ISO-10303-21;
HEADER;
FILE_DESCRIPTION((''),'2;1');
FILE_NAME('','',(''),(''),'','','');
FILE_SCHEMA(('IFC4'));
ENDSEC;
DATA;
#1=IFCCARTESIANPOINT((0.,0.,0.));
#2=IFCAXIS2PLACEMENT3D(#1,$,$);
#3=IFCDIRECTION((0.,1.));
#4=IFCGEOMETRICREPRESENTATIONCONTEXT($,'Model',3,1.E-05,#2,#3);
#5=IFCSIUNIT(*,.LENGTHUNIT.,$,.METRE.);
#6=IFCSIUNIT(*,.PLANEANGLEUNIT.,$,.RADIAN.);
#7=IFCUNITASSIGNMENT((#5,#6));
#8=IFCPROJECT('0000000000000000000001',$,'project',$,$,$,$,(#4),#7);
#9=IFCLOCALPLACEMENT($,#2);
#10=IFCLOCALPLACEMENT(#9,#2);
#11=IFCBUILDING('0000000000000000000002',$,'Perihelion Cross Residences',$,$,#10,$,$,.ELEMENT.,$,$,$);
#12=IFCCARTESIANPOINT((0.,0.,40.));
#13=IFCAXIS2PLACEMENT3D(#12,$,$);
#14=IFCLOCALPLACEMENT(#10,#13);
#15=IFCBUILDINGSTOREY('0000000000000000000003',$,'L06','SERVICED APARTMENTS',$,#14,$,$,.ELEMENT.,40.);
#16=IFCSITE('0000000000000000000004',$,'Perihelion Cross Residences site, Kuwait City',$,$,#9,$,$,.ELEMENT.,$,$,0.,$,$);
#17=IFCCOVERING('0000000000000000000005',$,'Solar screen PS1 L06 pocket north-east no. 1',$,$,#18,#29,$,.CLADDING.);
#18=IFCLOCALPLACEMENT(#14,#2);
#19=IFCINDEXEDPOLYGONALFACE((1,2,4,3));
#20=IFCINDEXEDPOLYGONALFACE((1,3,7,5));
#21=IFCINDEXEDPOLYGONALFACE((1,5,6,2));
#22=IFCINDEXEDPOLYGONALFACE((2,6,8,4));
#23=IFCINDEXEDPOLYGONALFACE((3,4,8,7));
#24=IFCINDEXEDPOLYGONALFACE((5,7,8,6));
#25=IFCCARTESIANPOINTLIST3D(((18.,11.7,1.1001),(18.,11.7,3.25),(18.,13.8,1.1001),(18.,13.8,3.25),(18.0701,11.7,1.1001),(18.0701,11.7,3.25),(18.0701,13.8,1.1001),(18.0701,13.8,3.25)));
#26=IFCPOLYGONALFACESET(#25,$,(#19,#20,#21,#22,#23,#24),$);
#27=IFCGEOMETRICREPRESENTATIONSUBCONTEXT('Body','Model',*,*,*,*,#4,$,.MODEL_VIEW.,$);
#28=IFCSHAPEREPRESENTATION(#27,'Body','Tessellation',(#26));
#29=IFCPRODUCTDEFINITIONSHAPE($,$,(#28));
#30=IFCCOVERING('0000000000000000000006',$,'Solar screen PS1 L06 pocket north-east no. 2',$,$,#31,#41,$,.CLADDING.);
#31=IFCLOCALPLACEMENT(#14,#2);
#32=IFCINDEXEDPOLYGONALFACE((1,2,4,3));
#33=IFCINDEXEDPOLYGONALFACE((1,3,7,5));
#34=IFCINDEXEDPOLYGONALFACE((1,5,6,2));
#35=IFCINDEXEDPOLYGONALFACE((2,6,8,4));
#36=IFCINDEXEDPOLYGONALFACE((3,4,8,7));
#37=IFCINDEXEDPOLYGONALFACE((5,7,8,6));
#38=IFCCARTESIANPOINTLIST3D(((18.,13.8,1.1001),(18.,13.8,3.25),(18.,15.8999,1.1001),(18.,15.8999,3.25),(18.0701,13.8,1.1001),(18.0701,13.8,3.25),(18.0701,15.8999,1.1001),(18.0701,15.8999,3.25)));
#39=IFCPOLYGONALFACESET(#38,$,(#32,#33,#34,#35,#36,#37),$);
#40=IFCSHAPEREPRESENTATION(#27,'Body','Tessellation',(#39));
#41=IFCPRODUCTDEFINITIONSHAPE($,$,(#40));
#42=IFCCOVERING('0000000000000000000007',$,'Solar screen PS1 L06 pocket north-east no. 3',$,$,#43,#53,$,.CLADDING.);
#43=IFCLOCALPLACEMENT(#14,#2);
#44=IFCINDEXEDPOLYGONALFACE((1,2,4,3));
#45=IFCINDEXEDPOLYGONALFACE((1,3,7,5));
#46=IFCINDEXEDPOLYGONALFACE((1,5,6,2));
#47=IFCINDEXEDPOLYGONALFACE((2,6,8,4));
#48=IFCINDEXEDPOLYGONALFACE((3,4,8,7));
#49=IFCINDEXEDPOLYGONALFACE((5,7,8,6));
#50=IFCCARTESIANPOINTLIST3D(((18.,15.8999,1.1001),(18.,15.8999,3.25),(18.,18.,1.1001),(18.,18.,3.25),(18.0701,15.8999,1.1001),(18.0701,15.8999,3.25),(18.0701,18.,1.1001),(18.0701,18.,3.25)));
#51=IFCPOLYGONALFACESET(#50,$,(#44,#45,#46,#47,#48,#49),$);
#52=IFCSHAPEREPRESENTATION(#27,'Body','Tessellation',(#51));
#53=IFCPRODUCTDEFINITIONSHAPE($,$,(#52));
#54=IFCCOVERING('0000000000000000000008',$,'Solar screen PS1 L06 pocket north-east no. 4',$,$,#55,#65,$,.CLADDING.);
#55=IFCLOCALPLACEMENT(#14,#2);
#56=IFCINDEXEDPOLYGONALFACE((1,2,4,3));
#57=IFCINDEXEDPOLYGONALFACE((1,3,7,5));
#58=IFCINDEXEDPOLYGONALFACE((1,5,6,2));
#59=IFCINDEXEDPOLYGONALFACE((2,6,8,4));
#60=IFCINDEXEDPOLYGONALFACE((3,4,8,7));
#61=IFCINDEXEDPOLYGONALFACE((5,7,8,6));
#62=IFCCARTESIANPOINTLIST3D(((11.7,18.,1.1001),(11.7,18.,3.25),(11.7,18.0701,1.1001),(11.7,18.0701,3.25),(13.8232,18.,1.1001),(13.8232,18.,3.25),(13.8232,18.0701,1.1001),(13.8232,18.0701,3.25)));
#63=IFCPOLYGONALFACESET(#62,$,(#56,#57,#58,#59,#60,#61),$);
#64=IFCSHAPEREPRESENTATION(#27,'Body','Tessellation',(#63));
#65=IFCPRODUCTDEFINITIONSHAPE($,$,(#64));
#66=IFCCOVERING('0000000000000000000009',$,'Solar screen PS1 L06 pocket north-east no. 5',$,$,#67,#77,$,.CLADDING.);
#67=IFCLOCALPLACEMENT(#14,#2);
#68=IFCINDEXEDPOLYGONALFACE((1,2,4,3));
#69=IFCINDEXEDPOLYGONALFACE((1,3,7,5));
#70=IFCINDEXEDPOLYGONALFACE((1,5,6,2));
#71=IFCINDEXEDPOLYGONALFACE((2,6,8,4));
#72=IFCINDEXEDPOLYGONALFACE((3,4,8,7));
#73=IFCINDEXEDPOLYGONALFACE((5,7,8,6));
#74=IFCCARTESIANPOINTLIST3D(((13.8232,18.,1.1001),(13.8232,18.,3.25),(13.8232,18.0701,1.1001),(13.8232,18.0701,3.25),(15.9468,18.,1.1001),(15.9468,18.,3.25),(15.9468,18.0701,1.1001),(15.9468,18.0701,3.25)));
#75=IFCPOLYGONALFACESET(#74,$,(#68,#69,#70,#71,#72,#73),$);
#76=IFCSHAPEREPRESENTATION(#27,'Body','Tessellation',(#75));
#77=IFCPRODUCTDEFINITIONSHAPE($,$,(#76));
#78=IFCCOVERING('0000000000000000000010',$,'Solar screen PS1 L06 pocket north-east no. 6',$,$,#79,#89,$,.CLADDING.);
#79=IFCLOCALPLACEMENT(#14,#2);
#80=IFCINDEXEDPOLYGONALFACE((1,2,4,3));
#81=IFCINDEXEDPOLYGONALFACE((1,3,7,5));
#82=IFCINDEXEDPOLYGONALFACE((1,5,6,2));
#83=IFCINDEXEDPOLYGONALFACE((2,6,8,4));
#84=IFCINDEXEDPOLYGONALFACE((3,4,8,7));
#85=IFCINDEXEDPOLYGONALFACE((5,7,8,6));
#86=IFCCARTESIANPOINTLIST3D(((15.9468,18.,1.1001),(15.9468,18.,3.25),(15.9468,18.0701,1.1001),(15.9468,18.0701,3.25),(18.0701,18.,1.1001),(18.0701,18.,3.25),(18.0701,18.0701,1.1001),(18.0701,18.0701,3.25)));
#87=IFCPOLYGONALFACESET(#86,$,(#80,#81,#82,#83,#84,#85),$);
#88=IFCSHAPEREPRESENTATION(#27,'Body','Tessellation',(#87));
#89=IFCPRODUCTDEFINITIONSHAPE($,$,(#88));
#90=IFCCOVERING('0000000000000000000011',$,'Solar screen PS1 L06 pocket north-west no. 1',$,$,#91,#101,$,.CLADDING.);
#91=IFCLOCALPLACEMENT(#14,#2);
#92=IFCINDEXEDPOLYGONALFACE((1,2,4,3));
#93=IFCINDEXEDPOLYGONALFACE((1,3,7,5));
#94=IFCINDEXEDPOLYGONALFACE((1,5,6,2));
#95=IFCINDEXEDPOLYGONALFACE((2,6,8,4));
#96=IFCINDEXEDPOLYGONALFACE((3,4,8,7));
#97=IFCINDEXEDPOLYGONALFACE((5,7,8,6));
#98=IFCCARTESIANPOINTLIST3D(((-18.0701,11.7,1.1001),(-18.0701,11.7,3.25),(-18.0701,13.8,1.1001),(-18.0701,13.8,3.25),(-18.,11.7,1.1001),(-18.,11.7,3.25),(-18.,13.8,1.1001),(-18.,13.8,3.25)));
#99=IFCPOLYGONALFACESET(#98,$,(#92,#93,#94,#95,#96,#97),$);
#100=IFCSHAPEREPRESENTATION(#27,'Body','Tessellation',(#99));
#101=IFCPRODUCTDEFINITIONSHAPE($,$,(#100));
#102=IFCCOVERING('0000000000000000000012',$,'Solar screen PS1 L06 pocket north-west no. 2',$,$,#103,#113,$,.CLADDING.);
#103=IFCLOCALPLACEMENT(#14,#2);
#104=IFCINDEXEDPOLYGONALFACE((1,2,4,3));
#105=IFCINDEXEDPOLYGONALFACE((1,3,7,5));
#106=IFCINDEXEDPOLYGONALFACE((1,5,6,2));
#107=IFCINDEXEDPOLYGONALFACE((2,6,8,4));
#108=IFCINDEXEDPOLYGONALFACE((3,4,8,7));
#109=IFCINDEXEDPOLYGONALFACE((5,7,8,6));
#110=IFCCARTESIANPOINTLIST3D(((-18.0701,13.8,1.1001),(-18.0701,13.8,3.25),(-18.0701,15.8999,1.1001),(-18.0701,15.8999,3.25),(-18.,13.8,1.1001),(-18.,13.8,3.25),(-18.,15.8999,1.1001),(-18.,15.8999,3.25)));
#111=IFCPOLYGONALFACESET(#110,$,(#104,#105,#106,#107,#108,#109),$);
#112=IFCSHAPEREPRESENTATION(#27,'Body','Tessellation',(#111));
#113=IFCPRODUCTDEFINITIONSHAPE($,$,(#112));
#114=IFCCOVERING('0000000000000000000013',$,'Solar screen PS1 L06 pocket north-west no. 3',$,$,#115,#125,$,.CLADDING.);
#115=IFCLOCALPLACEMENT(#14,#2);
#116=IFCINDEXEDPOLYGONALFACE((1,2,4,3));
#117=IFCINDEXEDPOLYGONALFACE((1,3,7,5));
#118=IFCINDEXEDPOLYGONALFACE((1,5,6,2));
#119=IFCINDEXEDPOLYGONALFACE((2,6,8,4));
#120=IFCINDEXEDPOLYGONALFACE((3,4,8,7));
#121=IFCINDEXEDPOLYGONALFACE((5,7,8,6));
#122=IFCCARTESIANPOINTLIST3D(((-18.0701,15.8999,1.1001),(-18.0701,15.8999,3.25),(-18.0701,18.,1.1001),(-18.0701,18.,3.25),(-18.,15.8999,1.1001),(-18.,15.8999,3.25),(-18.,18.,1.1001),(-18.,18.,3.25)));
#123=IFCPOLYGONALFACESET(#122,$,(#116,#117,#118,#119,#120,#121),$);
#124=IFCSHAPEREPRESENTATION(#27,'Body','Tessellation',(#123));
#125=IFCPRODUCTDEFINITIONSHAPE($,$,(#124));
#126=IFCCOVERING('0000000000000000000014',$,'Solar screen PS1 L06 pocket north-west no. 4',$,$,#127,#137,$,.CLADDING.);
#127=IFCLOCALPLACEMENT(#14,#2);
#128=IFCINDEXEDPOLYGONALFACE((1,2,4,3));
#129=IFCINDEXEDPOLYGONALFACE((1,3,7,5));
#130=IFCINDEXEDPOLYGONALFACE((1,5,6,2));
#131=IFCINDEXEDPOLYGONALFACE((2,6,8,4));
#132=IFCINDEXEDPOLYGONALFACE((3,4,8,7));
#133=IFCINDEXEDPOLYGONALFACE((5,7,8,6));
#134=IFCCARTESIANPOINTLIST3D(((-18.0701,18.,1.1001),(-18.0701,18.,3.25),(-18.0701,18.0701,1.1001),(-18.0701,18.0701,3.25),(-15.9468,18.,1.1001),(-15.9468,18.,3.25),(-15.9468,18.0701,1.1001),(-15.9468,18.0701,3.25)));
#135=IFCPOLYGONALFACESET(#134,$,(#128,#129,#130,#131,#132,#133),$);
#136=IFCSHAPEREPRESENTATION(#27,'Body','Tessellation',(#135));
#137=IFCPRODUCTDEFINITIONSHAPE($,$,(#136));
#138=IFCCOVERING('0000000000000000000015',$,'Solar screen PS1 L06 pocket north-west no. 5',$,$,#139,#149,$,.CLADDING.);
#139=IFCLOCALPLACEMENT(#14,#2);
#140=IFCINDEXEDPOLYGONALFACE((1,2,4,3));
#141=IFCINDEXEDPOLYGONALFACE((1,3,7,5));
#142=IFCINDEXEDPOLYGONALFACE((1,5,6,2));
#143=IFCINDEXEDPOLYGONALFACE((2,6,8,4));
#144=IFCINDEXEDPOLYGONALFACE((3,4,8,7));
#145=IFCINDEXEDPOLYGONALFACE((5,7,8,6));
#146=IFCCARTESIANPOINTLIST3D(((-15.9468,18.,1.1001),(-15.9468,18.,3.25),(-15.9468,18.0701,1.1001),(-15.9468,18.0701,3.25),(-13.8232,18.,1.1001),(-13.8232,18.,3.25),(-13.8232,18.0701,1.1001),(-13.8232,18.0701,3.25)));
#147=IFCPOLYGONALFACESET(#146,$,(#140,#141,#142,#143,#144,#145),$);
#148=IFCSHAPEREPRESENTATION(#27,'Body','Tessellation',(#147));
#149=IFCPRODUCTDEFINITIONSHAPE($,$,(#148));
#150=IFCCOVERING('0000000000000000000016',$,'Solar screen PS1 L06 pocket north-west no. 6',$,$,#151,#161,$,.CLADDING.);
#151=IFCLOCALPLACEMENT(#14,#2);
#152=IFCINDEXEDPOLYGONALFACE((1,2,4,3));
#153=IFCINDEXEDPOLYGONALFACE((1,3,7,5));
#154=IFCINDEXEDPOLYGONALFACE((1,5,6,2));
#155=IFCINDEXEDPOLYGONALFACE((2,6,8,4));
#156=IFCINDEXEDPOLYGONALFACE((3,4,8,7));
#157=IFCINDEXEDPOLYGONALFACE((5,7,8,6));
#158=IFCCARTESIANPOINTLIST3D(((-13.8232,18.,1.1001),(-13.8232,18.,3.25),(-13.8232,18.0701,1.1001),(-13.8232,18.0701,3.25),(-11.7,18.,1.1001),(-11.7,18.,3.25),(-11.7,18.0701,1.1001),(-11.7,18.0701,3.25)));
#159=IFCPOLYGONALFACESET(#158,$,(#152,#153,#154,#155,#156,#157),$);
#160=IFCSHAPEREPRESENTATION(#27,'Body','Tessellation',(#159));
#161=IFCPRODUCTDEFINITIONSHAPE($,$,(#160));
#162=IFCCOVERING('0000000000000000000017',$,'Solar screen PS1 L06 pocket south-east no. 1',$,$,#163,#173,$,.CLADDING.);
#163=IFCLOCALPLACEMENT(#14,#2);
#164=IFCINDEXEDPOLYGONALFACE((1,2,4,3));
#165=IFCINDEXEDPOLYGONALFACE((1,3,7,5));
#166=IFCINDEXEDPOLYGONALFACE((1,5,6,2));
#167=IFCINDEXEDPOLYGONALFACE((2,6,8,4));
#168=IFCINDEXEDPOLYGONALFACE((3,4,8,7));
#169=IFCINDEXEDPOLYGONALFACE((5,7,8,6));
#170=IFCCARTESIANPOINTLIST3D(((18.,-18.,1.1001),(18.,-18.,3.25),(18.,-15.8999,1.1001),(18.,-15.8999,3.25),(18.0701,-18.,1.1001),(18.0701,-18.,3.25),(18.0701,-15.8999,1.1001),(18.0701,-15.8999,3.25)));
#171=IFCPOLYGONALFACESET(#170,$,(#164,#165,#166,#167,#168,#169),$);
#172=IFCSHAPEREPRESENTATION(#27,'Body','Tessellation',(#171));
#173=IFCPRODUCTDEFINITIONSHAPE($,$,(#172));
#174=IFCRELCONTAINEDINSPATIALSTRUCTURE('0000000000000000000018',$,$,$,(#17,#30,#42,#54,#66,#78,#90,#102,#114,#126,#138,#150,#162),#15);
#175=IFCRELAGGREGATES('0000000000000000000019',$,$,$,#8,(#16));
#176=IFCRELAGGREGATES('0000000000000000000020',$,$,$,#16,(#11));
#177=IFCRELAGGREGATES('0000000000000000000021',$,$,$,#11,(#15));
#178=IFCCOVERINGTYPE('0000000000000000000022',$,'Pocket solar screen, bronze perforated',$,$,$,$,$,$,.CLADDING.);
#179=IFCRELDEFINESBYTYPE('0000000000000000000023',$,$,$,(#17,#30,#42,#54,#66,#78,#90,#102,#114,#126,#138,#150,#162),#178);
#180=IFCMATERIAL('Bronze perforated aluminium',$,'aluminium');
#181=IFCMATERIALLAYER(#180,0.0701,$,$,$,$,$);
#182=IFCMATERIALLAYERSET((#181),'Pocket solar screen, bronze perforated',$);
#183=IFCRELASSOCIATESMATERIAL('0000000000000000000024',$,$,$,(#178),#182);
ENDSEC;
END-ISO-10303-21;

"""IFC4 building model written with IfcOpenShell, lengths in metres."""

from ifc_helpers import new_model, si_unit, direction, frame, origin, place, context, subcontext, project, spatial, polyline, outline, extrude, material, layer, layer_set, type_object, element, save


model = new_model("IFC4")

# Units and contexts
model_context = context("Model", 3, precision=1e-05, world=origin(), true_north=direction((0.0, 1.0)))
body_context = subcontext(model_context, "Body", "Model", "MODEL_VIEW")
ifc_project = project(units=[si_unit("LENGTHUNIT", "METRE"), si_unit("PLANEANGLEUNIT", "RADIAN")], contexts=[model_context])

# Site, building, storey
site_placement = place(None, origin())
site = spatial("IfcSite", under=ifc_project, at=site_placement, Name="Perihelion Cross Residences site, Kuwait City", CompositionType="ELEMENT", RefElevation=0.0)
building_placement = place(site_placement, origin())
building = spatial("IfcBuilding", under=site, at=building_placement, Name="Perihelion Cross Residences", CompositionType="ELEMENT")
storey_placement = place(building_placement, frame((0.0, 0.0, 40.0)))
storey = spatial("IfcBuildingStorey", under=building, at=storey_placement, Name="L06", Description="SERVICED APARTMENTS", CompositionType="ELEMENT", Elevation=40.0)

# Coverings
ifc_material_1 = material(Name="Bronze perforated aluminium", Category="aluminium")
ifc_layer_1 = layer(ifc_material_1, 0.0701)
ifc_layer_set_1 = layer_set([ifc_layer_1], Name="Pocket solar screen, bronze perforated")
covering_type_1 = type_object("IfcCoveringType", Name="Pocket solar screen, bronze perforated", PredefinedType="CLADDING", material=ifc_layer_set_1)
covering_1_placement = place(storey_placement, frame((0.0, 0.0, 1.1001)))
element("IfcCovering", 1, at=covering_1_placement, inside=storey, type_object=covering_type_1, Name="Solar screen PS1 L06 pocket north-east no. 1", PredefinedType="CLADDING", context=body_context, shape_type="SweptSolid", body=[
    extrude(outline(polyline([(18.0701, 11.7), (18.0701, 13.8), (18.0, 13.8), (18.0, 11.7), (18.0701, 11.7)])), origin(), (0.0, 0.0, 1.0), 2.1499),
])
covering_2_placement = place(storey_placement, frame((0.0, 0.0, 1.1001)))
element("IfcCovering", 2, at=covering_2_placement, inside=storey, type_object=covering_type_1, Name="Solar screen PS1 L06 pocket north-east no. 2", PredefinedType="CLADDING", context=body_context, shape_type="SweptSolid", body=[
    extrude(outline(polyline([(18.0701, 13.8), (18.0701, 15.8999), (18.0, 15.8999), (18.0, 13.8), (18.0701, 13.8)])), origin(), (0.0, 0.0, 1.0), 2.1499),
])
covering_3_placement = place(storey_placement, frame((0.0, 0.0, 1.1001)))
element("IfcCovering", 3, at=covering_3_placement, inside=storey, type_object=covering_type_1, Name="Solar screen PS1 L06 pocket north-east no. 3", PredefinedType="CLADDING", context=body_context, shape_type="SweptSolid", body=[
    extrude(outline(polyline([(18.0701, 15.8999), (18.0701, 18.0), (18.0, 18.0), (18.0, 15.8999), (18.0701, 15.8999)])), origin(), (0.0, 0.0, 1.0), 2.1499),
])
covering_4_placement = place(storey_placement, frame((0.0, 0.0, 1.1001)))
element("IfcCovering", 4, at=covering_4_placement, inside=storey, type_object=covering_type_1, Name="Solar screen PS1 L06 pocket north-east no. 4", PredefinedType="CLADDING", context=body_context, shape_type="SweptSolid", body=[
    extrude(outline(polyline([(13.8232, 18.0), (13.8232, 18.0701), (11.7, 18.0701), (11.7, 18.0), (13.8232, 18.0)])), origin(), (0.0, 0.0, 1.0), 2.1499),
])
covering_5_placement = place(storey_placement, frame((0.0, 0.0, 1.1001)))
element("IfcCovering", 5, at=covering_5_placement, inside=storey, type_object=covering_type_1, Name="Solar screen PS1 L06 pocket north-east no. 5", PredefinedType="CLADDING", context=body_context, shape_type="SweptSolid", body=[
    extrude(outline(polyline([(15.9468, 18.0), (15.9468, 18.0701), (13.8232, 18.0701), (13.8232, 18.0), (15.9468, 18.0)])), origin(), (0.0, 0.0, 1.0), 2.1499),
])
covering_6_placement = place(storey_placement, frame((0.0, 0.0, 1.1001)))
element("IfcCovering", 6, at=covering_6_placement, inside=storey, type_object=covering_type_1, Name="Solar screen PS1 L06 pocket north-east no. 6", PredefinedType="CLADDING", context=body_context, shape_type="SweptSolid", body=[
    extrude(outline(polyline([(18.0701, 18.0), (18.0701, 18.0701), (15.9468, 18.0701), (15.9468, 18.0), (18.0701, 18.0)])), origin(), (0.0, 0.0, 1.0), 2.1499),
])
covering_7_placement = place(storey_placement, frame((0.0, 0.0, 1.1001)))
element("IfcCovering", 7, at=covering_7_placement, inside=storey, type_object=covering_type_1, Name="Solar screen PS1 L06 pocket north-west no. 1", PredefinedType="CLADDING", context=body_context, shape_type="SweptSolid", body=[
    extrude(outline(polyline([(-18.0, 11.7), (-18.0, 13.8), (-18.0701, 13.8), (-18.0701, 11.7), (-18.0, 11.7)])), origin(), (0.0, 0.0, 1.0), 2.1499),
])
covering_8_placement = place(storey_placement, frame((0.0, 0.0, 1.1001)))
element("IfcCovering", 8, at=covering_8_placement, inside=storey, type_object=covering_type_1, Name="Solar screen PS1 L06 pocket north-west no. 2", PredefinedType="CLADDING", context=body_context, shape_type="SweptSolid", body=[
    extrude(outline(polyline([(-18.0, 13.8), (-18.0, 15.8999), (-18.0701, 15.8999), (-18.0701, 13.8), (-18.0, 13.8)])), origin(), (0.0, 0.0, 1.0), 2.1499),
])
covering_9_placement = place(storey_placement, frame((0.0, 0.0, 1.1001)))
element("IfcCovering", 9, at=covering_9_placement, inside=storey, type_object=covering_type_1, Name="Solar screen PS1 L06 pocket north-west no. 3", PredefinedType="CLADDING", context=body_context, shape_type="SweptSolid", body=[
    extrude(outline(polyline([(-18.0, 15.8999), (-18.0, 18.0), (-18.0701, 18.0), (-18.0701, 15.8999), (-18.0, 15.8999)])), origin(), (0.0, 0.0, 1.0), 2.1499),
])
covering_10_placement = place(storey_placement, frame((0.0, 0.0, 1.1001)))
element("IfcCovering", 10, at=covering_10_placement, inside=storey, type_object=covering_type_1, Name="Solar screen PS1 L06 pocket north-west no. 4", PredefinedType="CLADDING", context=body_context, shape_type="SweptSolid", body=[
    extrude(outline(polyline([(-15.9468, 18.0), (-15.9468, 18.0701), (-18.0701, 18.0701), (-18.0701, 18.0), (-15.9468, 18.0)])), origin(), (0.0, 0.0, 1.0), 2.1499),
])
covering_11_placement = place(storey_placement, frame((0.0, 0.0, 1.1001)))
element("IfcCovering", 11, at=covering_11_placement, inside=storey, type_object=covering_type_1, Name="Solar screen PS1 L06 pocket north-west no. 5", PredefinedType="CLADDING", context=body_context, shape_type="SweptSolid", body=[
    extrude(outline(polyline([(-13.8232, 18.0), (-13.8232, 18.0701), (-15.9468, 18.0701), (-15.9468, 18.0), (-13.8232, 18.0)])), origin(), (0.0, 0.0, 1.0), 2.1499),
])
covering_12_placement = place(storey_placement, frame((0.0, 0.0, 1.1001)))
element("IfcCovering", 12, at=covering_12_placement, inside=storey, type_object=covering_type_1, Name="Solar screen PS1 L06 pocket north-west no. 6", PredefinedType="CLADDING", context=body_context, shape_type="SweptSolid", body=[
    extrude(outline(polyline([(-11.7, 18.0), (-11.7, 18.0701), (-13.8232, 18.0701), (-13.8232, 18.0), (-11.7, 18.0)])), origin(), (0.0, 0.0, 1.0), 2.1499),
])
covering_13_placement = place(storey_placement, frame((0.0, 0.0, 1.1001)))
element("IfcCovering", 13, at=covering_13_placement, inside=storey, type_object=covering_type_1, Name="Solar screen PS1 L06 pocket south-east no. 1", PredefinedType="CLADDING", context=body_context, shape_type="SweptSolid", body=[
    extrude(outline(polyline([(18.0701, -18.0), (18.0701, -15.8999), (18.0, -15.8999), (18.0, -18.0), (18.0701, -18.0)])), origin(), (0.0, 0.0, 1.0), 2.1499),
])

save(model, "model.ifc")
